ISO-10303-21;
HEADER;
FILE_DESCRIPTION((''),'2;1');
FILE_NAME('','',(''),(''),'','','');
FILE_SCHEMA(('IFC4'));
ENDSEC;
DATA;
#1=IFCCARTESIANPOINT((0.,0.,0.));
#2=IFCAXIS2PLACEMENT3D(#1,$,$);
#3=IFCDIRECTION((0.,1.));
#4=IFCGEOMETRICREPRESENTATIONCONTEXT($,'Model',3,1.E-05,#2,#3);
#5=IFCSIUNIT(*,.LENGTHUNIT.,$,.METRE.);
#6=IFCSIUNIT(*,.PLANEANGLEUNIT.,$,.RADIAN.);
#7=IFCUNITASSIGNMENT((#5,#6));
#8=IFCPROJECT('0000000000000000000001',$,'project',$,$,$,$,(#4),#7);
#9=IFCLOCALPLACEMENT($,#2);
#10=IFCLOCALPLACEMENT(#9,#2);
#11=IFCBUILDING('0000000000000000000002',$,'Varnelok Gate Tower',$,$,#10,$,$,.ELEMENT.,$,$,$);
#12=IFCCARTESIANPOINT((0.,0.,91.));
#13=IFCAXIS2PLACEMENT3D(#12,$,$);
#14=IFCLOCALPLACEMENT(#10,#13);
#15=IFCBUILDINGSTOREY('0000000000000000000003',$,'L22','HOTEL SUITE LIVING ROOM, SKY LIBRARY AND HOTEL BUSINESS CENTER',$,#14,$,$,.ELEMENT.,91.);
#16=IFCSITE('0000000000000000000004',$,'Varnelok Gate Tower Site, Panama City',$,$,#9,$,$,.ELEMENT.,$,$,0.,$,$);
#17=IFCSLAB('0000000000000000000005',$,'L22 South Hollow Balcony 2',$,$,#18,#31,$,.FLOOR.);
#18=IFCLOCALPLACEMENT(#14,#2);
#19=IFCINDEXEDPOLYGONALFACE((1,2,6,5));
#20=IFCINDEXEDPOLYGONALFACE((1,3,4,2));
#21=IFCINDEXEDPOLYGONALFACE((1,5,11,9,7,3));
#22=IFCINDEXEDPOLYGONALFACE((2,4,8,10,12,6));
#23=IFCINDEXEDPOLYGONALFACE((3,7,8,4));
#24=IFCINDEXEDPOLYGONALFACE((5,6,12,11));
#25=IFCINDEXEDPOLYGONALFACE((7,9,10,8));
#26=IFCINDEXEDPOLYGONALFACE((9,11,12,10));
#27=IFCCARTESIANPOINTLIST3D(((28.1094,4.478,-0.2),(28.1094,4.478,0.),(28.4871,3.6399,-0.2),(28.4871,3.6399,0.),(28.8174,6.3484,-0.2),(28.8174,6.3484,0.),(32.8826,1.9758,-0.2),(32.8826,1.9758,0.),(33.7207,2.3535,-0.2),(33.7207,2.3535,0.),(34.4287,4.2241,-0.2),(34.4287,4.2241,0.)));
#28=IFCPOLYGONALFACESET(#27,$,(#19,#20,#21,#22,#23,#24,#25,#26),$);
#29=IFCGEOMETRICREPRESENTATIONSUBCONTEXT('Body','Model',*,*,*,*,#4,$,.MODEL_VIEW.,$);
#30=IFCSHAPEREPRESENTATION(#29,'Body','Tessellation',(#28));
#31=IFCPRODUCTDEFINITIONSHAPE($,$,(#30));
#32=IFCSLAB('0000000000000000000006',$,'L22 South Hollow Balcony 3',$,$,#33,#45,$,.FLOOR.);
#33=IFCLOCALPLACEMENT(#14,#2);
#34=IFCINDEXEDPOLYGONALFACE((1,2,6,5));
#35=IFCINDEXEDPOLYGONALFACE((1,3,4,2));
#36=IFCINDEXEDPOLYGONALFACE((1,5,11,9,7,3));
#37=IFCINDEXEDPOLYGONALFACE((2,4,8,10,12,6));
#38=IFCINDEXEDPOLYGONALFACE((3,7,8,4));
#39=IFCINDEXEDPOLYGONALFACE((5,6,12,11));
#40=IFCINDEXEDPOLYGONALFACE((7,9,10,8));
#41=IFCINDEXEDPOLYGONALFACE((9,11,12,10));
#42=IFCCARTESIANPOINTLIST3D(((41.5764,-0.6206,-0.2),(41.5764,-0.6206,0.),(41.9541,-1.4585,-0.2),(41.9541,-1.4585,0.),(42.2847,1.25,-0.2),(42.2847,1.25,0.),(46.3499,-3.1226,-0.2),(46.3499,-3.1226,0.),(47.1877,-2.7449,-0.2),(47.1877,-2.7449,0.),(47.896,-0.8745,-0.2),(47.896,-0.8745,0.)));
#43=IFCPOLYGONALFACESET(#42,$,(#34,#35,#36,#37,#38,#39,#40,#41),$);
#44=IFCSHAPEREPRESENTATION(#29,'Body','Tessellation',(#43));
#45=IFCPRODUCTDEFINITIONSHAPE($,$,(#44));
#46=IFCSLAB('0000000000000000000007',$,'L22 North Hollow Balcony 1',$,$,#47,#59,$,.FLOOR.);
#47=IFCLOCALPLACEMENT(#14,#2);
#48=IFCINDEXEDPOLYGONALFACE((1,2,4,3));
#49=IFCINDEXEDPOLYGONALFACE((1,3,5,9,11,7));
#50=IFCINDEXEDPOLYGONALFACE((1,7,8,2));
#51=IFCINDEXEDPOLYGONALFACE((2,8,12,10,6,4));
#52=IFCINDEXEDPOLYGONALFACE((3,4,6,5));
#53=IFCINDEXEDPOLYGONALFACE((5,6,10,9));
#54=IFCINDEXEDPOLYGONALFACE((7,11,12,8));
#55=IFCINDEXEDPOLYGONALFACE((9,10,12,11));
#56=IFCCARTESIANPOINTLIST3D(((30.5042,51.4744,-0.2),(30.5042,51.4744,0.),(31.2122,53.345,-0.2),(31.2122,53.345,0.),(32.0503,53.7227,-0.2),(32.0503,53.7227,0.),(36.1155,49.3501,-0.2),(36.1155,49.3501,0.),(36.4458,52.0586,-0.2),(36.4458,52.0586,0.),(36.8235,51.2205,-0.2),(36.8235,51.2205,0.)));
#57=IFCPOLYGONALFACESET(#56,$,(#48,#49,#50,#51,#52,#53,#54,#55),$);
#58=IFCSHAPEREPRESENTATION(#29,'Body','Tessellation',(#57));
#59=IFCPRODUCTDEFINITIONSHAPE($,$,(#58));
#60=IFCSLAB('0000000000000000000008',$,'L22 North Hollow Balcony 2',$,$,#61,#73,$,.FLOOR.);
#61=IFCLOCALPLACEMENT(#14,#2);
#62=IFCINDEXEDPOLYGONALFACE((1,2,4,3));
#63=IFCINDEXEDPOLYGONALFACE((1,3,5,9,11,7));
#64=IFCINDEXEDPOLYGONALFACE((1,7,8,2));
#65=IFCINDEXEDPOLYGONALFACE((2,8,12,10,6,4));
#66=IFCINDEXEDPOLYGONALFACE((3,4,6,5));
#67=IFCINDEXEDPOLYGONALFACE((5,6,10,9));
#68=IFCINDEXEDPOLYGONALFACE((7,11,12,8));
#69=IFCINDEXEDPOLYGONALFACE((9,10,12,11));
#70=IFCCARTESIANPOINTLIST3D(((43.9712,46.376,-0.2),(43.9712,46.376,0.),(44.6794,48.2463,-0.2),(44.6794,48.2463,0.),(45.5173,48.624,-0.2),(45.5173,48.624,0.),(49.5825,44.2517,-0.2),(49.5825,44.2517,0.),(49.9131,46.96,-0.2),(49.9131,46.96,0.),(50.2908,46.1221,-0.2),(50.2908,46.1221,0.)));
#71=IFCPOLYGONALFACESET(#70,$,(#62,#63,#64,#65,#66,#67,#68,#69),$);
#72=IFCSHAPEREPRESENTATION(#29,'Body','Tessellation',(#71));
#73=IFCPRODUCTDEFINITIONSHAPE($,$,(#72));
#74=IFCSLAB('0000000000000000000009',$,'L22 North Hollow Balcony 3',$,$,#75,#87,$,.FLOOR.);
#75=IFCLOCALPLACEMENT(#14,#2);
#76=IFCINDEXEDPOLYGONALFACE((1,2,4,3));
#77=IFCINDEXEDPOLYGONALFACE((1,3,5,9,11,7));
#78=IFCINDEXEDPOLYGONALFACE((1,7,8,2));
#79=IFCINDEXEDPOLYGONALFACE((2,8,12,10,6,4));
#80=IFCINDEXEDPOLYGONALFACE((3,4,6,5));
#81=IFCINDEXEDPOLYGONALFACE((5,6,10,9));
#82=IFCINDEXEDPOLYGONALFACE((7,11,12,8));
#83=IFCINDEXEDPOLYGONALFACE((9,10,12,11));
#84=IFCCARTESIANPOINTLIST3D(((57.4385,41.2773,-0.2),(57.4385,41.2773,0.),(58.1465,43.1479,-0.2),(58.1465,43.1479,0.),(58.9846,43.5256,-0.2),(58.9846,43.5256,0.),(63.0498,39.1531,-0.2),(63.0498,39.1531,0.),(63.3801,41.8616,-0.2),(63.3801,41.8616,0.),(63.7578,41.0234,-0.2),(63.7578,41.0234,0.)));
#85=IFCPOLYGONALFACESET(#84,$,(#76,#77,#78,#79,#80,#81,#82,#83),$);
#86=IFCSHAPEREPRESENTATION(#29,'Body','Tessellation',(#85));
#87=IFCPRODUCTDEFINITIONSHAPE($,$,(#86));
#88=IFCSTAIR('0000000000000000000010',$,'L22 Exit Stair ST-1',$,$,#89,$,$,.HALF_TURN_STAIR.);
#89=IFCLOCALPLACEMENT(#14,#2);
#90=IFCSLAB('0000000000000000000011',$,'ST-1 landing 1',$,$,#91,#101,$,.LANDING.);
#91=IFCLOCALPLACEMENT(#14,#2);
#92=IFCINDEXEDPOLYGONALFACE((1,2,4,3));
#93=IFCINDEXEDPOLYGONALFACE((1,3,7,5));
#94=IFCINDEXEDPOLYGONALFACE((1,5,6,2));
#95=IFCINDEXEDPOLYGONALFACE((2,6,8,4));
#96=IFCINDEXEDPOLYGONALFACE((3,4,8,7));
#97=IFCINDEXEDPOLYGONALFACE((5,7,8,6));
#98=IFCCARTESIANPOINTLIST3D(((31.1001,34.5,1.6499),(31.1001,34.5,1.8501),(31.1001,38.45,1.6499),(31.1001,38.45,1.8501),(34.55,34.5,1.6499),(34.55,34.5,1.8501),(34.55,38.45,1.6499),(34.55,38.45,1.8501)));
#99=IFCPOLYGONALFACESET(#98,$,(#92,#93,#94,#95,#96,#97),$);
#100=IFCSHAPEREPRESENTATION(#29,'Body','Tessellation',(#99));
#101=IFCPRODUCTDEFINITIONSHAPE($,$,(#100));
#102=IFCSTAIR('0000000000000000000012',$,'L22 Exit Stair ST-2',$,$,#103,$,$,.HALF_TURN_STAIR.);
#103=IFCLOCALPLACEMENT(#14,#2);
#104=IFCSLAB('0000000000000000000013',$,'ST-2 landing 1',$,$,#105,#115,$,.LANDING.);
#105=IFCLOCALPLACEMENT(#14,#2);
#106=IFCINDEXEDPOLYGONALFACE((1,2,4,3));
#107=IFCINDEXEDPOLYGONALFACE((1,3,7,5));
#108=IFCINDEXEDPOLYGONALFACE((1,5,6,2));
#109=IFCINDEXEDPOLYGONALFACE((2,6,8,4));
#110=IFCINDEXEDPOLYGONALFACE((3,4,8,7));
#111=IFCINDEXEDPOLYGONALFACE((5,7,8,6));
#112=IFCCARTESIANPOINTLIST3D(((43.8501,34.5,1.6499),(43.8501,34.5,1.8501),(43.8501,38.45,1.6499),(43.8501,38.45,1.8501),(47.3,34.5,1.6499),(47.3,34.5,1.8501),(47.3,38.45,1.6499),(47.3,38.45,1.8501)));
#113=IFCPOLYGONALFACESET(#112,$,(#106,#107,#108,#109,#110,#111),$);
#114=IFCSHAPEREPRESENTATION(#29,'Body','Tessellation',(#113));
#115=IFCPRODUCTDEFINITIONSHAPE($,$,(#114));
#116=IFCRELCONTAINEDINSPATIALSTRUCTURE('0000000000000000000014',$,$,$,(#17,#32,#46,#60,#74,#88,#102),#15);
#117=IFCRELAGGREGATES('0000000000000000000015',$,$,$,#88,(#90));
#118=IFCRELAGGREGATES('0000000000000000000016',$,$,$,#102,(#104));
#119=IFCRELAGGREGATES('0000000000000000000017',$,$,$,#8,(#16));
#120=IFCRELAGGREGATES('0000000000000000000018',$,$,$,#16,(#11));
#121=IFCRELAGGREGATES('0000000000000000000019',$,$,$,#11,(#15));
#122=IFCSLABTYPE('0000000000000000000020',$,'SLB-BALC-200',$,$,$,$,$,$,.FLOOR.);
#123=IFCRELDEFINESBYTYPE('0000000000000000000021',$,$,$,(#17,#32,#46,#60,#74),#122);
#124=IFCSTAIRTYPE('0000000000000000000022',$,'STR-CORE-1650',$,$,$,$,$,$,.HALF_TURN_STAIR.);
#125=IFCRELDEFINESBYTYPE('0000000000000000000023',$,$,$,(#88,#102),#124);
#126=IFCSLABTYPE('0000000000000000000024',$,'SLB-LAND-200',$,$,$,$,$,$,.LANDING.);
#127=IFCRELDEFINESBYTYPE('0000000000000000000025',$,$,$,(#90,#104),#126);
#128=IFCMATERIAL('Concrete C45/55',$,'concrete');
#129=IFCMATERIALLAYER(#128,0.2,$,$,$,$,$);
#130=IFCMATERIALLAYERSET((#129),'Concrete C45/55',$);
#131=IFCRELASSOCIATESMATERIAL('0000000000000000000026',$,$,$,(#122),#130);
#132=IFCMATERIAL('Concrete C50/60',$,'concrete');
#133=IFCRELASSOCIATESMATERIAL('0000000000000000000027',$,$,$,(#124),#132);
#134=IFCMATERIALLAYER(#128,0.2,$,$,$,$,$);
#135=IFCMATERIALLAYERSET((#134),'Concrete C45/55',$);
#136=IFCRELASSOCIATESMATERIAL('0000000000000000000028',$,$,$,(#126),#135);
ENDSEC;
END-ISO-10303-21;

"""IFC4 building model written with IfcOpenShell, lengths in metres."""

from ifc_helpers import new_model, si_unit, direction, frame, origin, place, context, subcontext, project, spatial, polyline, outline, extrude, material, layer, layer_set, type_object, element, aggregate, save


model = new_model("IFC4")

# Units and contexts
model_context = context("Model", 3, precision=1e-05, world=origin(), true_north=direction((0.0, 1.0)))
body_context = subcontext(model_context, "Body", "Model", "MODEL_VIEW")
ifc_project = project(units=[si_unit("LENGTHUNIT", "METRE"), si_unit("PLANEANGLEUNIT", "RADIAN")], contexts=[model_context])

# Site, building, storey
site_placement = place(None, origin())
site = spatial("IfcSite", under=ifc_project, at=site_placement, Name="Varnelok Gate Tower Site, Panama City", CompositionType="ELEMENT", RefElevation=0.0)
building_placement = place(site_placement, origin())
building = spatial("IfcBuilding", under=site, at=building_placement, Name="Varnelok Gate Tower", CompositionType="ELEMENT")
storey_placement = place(building_placement, frame((0.0, 0.0, 91.0)))
storey = spatial("IfcBuildingStorey", under=building, at=storey_placement, Name="L22", Description="HOTEL SUITE LIVING ROOM, SKY LIBRARY AND HOTEL BUSINESS CENTER", CompositionType="ELEMENT", Elevation=91.0)

# Slabs
ifc_material_1 = material(Name="Concrete C45/55", Category="concrete")
ifc_layer_1 = layer(ifc_material_1, 0.2)
ifc_layer_set_1 = layer_set([ifc_layer_1], Name="Concrete C45/55")
slab_type_1 = type_object("IfcSlabType", Name="SLB-BALC-200", PredefinedType="FLOOR", material=ifc_layer_set_1)
slab_1_placement = place(storey_placement, frame((0.0, 0.0, -0.2)))
element("IfcSlab", 1, at=slab_1_placement, inside=storey, type_object=slab_type_1, Name="L22 South Hollow Balcony 2", PredefinedType="FLOOR", context=body_context, shape_type="SweptSolid", body=[
    extrude(outline(polyline([(28.1094, 4.478), (28.4871, 3.6399), (32.8826, 1.9758), (33.7207, 2.3535), (34.4287, 4.2241), (28.8174, 6.3484), (28.1094, 4.478)])), origin(), (0.0, 0.0, 1.0), 0.2),
])
slab_2_placement = place(storey_placement, frame((0.0, 0.0, -0.2)))
element("IfcSlab", 2, at=slab_2_placement, inside=storey, type_object=slab_type_1, Name="L22 South Hollow Balcony 3", PredefinedType="FLOOR", context=body_context, shape_type="SweptSolid", body=[
    extrude(outline(polyline([(41.5764, -0.6206), (41.9541, -1.4585), (46.3499, -3.1226), (47.1877, -2.7449), (47.896, -0.8745), (42.2847, 1.25), (41.5764, -0.6206)])), origin(), (0.0, 0.0, 1.0), 0.2),
])
slab_3_placement = place(storey_placement, frame((0.0, 0.0, -0.2)))
element("IfcSlab", 3, at=slab_3_placement, inside=storey, type_object=slab_type_1, Name="L22 North Hollow Balcony 1", PredefinedType="FLOOR", context=body_context, shape_type="SweptSolid", body=[
    extrude(outline(polyline([(30.5042, 51.4744), (36.1155, 49.3501), (36.8235, 51.2205), (36.4458, 52.0586), (32.0503, 53.7227), (31.2122, 53.345), (30.5042, 51.4744)])), origin(), (0.0, 0.0, 1.0), 0.2),
])
slab_4_placement = place(storey_placement, frame((0.0, 0.0, -0.2)))
element("IfcSlab", 4, at=slab_4_placement, inside=storey, type_object=slab_type_1, Name="L22 North Hollow Balcony 2", PredefinedType="FLOOR", context=body_context, shape_type="SweptSolid", body=[
    extrude(outline(polyline([(43.9712, 46.376), (49.5825, 44.2517), (50.2908, 46.1221), (49.9131, 46.96), (45.5173, 48.624), (44.6794, 48.2463), (43.9712, 46.376)])), origin(), (0.0, 0.0, 1.0), 0.2),
])
slab_5_placement = place(storey_placement, frame((0.0, 0.0, -0.2)))
element("IfcSlab", 5, at=slab_5_placement, inside=storey, type_object=slab_type_1, Name="L22 North Hollow Balcony 3", PredefinedType="FLOOR", context=body_context, shape_type="SweptSolid", body=[
    extrude(outline(polyline([(57.4385, 41.2773), (63.0498, 39.1531), (63.7578, 41.0234), (63.3801, 41.8616), (58.9846, 43.5256), (58.1465, 43.1479), (57.4385, 41.2773)])), origin(), (0.0, 0.0, 1.0), 0.2),
])

# Stairs, slabs
ifc_material_2 = material(Name="Concrete C50/60", Category="concrete")
stair_type = type_object("IfcStairType", Name="STR-CORE-1650", PredefinedType="HALF_TURN_STAIR", material=ifc_material_2)
stair_1_placement = place(storey_placement, origin())
stair_1 = element("IfcStair", 6, at=stair_1_placement, inside=storey, type_object=stair_type, Name="L22 Exit Stair ST-1", PredefinedType="HALF_TURN_STAIR")
ifc_layer_2 = layer(ifc_material_1, 0.2)
ifc_layer_set_2 = layer_set([ifc_layer_2], Name="Concrete C45/55")
slab_type_2 = type_object("IfcSlabType", Name="SLB-LAND-200", PredefinedType="LANDING", material=ifc_layer_set_2)
slab_6_placement = place(storey_placement, frame((0.0, 0.0, 1.6499)))
slab_6 = element("IfcSlab", 7, at=slab_6_placement, type_object=slab_type_2, Name="ST-1 landing 1", PredefinedType="LANDING", context=body_context, shape_type="SweptSolid", body=[
    extrude(outline(polyline([(34.55, 34.5), (34.55, 38.45), (31.1001, 38.45), (31.1001, 34.5), (34.55, 34.5)])), origin(), (0.0, 0.0, 1.0), 0.2002),
])
aggregate(stair_1, [slab_6])
stair_2_placement = place(storey_placement, origin())
stair_2 = element("IfcStair", 8, at=stair_2_placement, inside=storey, type_object=stair_type, Name="L22 Exit Stair ST-2", PredefinedType="HALF_TURN_STAIR")
slab_7_placement = place(storey_placement, frame((0.0, 0.0, 1.6499)))
slab_7 = element("IfcSlab", 9, at=slab_7_placement, type_object=slab_type_2, Name="ST-2 landing 1", PredefinedType="LANDING", context=body_context, shape_type="SweptSolid", body=[
    extrude(outline(polyline([(47.3, 34.5), (47.3, 38.45), (43.8501, 38.45), (43.8501, 34.5), (47.3, 34.5)])), origin(), (0.0, 0.0, 1.0), 0.2002),
])
aggregate(stair_2, [slab_7])

save(model, "model.ifc")
